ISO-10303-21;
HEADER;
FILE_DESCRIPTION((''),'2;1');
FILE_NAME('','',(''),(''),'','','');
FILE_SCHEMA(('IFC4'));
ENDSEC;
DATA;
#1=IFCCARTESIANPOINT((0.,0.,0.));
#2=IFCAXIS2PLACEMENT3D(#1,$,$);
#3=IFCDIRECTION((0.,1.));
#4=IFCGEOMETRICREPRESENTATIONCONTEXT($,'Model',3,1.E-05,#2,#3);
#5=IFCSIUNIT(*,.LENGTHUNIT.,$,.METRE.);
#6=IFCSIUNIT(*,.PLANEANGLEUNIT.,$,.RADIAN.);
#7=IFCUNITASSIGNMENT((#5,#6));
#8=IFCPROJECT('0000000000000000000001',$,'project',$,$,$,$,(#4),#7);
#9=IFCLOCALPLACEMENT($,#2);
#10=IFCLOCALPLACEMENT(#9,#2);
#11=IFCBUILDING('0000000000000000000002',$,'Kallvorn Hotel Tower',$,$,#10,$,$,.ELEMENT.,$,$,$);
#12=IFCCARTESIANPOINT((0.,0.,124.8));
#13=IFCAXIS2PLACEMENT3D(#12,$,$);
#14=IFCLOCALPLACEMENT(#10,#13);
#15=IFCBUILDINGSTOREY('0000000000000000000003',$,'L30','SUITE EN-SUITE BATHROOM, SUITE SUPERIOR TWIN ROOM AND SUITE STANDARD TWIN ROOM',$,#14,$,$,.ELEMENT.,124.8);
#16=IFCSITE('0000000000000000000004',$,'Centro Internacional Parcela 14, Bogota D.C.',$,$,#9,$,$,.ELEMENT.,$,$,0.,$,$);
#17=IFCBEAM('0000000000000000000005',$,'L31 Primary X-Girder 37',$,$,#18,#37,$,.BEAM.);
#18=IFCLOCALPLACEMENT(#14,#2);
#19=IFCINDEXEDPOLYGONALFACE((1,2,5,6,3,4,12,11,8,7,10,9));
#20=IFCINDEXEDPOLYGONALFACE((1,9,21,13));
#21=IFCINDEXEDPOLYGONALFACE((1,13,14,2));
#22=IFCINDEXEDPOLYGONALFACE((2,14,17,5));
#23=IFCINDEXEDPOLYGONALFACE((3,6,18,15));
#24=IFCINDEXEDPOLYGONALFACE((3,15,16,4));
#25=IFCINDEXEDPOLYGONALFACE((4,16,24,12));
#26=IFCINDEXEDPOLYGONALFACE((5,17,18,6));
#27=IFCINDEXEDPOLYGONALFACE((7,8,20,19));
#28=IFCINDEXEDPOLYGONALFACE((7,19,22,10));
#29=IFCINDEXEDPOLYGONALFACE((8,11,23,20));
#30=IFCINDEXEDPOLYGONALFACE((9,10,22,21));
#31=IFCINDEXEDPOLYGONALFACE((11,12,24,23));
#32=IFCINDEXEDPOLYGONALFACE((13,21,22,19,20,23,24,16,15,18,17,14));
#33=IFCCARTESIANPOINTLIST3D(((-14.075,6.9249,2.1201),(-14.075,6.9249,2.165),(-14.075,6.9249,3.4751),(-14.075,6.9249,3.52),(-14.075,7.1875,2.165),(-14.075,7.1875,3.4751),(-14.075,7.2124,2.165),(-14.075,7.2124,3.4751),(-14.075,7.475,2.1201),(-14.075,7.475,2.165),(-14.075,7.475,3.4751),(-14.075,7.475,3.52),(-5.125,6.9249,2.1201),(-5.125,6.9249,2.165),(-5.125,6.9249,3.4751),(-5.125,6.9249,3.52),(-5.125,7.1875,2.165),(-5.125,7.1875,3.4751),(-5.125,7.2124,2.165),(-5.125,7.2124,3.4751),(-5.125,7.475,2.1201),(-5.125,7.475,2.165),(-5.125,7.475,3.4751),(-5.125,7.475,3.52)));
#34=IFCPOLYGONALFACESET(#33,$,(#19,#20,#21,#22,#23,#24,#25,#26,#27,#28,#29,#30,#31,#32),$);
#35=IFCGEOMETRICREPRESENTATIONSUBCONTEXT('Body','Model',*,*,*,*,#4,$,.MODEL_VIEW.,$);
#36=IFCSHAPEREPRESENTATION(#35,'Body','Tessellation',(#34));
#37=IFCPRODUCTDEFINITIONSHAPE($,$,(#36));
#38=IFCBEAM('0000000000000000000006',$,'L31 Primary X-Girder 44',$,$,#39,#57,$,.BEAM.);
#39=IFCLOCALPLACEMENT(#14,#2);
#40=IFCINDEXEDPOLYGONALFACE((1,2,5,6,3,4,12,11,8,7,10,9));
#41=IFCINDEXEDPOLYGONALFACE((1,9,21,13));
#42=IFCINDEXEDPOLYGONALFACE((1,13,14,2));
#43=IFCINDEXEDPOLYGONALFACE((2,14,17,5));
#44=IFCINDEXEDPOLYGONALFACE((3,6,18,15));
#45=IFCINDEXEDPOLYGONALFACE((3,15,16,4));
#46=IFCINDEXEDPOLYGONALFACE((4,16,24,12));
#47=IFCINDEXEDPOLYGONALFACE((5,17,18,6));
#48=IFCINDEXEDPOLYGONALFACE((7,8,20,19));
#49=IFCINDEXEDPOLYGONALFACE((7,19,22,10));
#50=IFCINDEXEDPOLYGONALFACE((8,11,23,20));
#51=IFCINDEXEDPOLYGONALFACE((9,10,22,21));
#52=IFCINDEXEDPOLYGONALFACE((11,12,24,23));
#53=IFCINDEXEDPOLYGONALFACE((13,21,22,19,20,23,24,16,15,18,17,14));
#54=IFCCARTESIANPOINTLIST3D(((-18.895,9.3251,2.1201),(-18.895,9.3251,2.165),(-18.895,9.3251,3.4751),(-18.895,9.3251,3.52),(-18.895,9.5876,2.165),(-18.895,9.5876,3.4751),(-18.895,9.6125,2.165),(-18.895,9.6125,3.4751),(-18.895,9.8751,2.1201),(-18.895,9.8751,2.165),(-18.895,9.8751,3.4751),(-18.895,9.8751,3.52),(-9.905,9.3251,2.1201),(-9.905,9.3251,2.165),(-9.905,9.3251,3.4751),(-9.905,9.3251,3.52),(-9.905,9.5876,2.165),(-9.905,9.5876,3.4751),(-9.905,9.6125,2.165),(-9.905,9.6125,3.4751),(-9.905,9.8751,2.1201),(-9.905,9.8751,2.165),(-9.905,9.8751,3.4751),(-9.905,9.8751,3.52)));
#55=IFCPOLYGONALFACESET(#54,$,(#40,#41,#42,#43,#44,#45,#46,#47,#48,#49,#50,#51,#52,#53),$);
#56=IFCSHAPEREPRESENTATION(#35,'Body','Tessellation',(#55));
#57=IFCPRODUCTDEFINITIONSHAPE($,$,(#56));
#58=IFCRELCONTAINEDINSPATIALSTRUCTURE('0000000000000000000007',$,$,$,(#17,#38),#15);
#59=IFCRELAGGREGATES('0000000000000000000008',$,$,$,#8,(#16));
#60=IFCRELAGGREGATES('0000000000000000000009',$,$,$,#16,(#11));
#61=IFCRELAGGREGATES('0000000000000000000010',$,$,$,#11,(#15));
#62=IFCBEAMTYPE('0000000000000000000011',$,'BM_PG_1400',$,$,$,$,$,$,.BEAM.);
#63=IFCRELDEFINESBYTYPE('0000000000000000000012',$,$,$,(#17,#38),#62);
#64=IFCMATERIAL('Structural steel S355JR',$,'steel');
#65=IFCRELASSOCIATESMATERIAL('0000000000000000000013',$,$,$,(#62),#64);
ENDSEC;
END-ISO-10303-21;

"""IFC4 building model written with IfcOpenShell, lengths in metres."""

from ifc_helpers import new_model, si_unit, direction, frame, origin, origin_2d, place, context, subcontext, project, spatial, i_section, extrude, material, material_profile, profile_set, type_object, element, save


model = new_model("IFC4")

# Units and contexts
model_context = context("Model", 3, precision=1e-05, world=origin(), true_north=direction((0.0, 1.0)))
body_context = subcontext(model_context, "Body", "Model", "MODEL_VIEW")
ifc_project = project(units=[si_unit("LENGTHUNIT", "METRE"), si_unit("PLANEANGLEUNIT", "RADIAN")], contexts=[model_context])

# Site, building, storey
site_placement = place(None, origin())
site = spatial("IfcSite", under=ifc_project, at=site_placement, Name="Centro Internacional Parcela 14, Bogota D.C.", CompositionType="ELEMENT", RefElevation=0.0)
building_placement = place(site_placement, origin())
building = spatial("IfcBuilding", under=site, at=building_placement, Name="Kallvorn Hotel Tower", CompositionType="ELEMENT")
storey_placement = place(building_placement, frame((0.0, 0.0, 124.8)))
storey = spatial("IfcBuildingStorey", under=building, at=storey_placement, Name="L30", Description="SUITE EN-SUITE BATHROOM, SUITE SUPERIOR TWIN ROOM AND SUITE STANDARD TWIN ROOM", CompositionType="ELEMENT", Elevation=124.8)

# Beams
ifc_material_1 = material(Name="Structural steel S355JR", Category="steel")
ifc_material_profile_1 = material_profile(ifc_material_1, i_section(OverallWidth=0.55, OverallDepth=1.3999, WebThickness=0.0249, FlangeThickness=0.0449, at=origin_2d()), Name="PG 1400x550x25x45")
ifc_profile_set_1 = profile_set([ifc_material_profile_1], Name="Structural steel S355JR")
beam_type_1 = type_object("IfcBeamType", Name="BM_PG_1400", PredefinedType="BEAM", material=ifc_profile_set_1)
beam_1_placement = place(storey_placement, frame((-14.075, 7.2, 2.8201), z_axis=(1.0, 0.0, 0.0), x_axis=(0.0, 1.0, 0.0)))
element("IfcBeam", 1, at=beam_1_placement, inside=storey, type_object=beam_type_1, Name="L31 Primary X-Girder 37", PredefinedType="BEAM", context=body_context, shape_type="SweptSolid", body=[
    extrude(i_section(OverallWidth=0.55, OverallDepth=1.3999, WebThickness=0.0249, FlangeThickness=0.0449, at=origin_2d()), origin(), (0.0, 0.0, 1.0), 8.95),
])
beam_2_placement = place(storey_placement, frame((-18.895, 9.6001, 2.8201), z_axis=(1.0, 0.0, 0.0), x_axis=(0.0, 1.0, 0.0)))
element("IfcBeam", 2, at=beam_2_placement, inside=storey, type_object=beam_type_1, Name="L31 Primary X-Girder 44", PredefinedType="BEAM", context=body_context, shape_type="SweptSolid", body=[
    extrude(i_section(OverallWidth=0.55, OverallDepth=1.3999, WebThickness=0.0249, FlangeThickness=0.0449, at=origin_2d()), origin(), (0.0, 0.0, 1.0), 8.99),
])

save(model, "model.ifc")
